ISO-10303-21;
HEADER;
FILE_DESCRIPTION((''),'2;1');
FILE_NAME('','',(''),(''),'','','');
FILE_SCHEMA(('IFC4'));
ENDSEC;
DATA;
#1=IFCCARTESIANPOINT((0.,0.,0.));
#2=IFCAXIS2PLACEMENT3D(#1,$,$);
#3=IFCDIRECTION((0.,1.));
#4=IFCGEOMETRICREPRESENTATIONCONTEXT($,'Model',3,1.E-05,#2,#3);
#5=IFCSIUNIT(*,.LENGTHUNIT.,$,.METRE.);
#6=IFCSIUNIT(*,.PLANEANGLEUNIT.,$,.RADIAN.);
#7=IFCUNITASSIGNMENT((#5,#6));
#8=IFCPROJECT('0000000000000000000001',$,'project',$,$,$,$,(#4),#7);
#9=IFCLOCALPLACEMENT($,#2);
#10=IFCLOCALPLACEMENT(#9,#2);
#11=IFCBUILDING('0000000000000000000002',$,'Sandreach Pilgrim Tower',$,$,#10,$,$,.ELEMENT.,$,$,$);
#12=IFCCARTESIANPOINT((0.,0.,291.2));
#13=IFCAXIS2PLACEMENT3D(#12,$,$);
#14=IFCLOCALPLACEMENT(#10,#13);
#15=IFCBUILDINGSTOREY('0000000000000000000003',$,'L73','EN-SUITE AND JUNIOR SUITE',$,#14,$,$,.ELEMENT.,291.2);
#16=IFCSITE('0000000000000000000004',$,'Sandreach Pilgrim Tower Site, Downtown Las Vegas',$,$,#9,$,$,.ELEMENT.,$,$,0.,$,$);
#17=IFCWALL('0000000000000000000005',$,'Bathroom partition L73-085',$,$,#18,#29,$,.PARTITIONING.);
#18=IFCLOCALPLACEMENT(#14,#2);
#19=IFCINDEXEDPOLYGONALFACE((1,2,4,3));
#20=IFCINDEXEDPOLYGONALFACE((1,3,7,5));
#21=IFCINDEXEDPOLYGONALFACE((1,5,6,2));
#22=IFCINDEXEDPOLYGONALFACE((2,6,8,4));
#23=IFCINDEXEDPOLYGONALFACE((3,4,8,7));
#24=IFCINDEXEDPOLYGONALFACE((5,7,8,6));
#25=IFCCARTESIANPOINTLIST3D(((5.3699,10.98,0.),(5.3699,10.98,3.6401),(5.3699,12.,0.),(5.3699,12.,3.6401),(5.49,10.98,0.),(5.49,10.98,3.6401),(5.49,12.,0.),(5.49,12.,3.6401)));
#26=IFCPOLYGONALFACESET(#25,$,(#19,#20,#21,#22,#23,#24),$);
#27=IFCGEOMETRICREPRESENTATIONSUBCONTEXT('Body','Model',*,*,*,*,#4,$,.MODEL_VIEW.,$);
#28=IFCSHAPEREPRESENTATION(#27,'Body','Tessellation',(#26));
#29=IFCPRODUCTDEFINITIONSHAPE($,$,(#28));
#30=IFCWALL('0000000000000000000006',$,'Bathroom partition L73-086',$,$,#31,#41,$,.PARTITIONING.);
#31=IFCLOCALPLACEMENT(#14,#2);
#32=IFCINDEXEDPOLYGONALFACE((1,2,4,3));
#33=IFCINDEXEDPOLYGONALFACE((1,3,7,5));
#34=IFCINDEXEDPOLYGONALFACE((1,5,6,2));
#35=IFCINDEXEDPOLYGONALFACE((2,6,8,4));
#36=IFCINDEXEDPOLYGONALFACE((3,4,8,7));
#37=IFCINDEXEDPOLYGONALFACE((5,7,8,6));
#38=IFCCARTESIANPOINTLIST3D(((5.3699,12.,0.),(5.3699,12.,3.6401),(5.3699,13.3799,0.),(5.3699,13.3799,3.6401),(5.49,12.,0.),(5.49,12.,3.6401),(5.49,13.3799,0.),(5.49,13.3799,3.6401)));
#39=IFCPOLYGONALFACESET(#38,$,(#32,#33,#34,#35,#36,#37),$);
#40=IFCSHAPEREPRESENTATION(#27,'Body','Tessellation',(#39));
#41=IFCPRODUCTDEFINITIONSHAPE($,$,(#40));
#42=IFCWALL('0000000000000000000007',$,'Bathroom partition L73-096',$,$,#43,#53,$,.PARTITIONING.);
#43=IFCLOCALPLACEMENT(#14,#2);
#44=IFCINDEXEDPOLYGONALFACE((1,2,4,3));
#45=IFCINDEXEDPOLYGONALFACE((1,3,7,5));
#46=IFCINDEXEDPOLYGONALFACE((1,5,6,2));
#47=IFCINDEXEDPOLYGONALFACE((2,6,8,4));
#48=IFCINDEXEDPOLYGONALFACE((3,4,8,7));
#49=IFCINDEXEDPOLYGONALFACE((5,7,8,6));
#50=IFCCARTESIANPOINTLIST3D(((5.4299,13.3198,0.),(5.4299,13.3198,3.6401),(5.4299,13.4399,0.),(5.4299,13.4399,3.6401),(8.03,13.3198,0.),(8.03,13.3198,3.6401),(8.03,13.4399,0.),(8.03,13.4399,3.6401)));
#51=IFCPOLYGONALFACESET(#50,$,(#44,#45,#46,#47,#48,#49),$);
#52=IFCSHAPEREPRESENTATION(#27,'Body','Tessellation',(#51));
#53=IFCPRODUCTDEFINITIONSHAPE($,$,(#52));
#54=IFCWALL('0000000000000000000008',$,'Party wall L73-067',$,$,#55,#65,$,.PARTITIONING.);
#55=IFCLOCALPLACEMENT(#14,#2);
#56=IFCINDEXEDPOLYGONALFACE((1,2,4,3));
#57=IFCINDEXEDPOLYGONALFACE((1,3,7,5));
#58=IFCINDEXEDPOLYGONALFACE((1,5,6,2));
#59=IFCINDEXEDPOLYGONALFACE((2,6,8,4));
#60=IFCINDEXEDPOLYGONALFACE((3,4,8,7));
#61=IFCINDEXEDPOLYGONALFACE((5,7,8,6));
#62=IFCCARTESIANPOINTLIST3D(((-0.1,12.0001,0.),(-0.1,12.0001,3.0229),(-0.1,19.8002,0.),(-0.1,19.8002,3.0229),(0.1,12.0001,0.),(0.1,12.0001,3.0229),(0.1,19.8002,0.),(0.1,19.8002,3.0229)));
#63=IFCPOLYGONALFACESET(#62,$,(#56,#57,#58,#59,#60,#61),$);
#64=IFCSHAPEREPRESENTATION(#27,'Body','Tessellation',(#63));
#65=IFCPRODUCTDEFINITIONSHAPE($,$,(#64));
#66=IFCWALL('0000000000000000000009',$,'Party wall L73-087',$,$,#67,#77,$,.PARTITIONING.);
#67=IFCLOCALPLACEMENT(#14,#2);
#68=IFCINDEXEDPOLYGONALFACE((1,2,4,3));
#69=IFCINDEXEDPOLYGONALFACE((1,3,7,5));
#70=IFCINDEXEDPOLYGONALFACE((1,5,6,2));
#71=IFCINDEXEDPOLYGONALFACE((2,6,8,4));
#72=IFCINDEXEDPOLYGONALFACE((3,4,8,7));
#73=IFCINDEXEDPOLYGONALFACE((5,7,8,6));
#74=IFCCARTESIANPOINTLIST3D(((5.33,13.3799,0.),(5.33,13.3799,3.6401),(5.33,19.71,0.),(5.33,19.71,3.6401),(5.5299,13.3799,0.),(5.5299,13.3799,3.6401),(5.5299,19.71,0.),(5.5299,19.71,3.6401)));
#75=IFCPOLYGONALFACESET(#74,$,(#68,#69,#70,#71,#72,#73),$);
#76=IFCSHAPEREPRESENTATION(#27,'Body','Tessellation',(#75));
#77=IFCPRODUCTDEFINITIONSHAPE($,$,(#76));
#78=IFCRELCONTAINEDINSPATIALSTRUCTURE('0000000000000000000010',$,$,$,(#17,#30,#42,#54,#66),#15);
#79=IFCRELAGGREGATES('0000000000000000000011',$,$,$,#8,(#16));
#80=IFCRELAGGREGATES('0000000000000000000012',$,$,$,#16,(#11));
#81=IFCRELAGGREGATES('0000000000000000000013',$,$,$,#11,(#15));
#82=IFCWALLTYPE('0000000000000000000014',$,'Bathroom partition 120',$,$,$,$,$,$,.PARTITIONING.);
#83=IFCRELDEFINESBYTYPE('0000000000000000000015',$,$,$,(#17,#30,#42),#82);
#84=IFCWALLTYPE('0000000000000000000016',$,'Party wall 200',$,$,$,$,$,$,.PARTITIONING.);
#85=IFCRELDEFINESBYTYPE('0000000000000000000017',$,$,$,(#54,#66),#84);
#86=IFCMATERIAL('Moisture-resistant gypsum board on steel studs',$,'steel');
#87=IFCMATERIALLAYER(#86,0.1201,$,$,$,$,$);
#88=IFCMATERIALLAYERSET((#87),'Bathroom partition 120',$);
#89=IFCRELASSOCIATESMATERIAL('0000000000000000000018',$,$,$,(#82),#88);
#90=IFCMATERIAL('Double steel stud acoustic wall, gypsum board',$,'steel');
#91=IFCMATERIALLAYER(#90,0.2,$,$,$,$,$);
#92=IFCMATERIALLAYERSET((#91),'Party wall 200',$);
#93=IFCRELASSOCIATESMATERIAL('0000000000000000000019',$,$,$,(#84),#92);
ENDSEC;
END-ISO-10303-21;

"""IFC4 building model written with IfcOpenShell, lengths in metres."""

from ifc_helpers import new_model, si_unit, direction, frame, frame_2d, origin, place, context, subcontext, project, spatial, rectangle, extrude, material, layer, layer_set, type_object, element, save


model = new_model("IFC4")

# Units and contexts
model_context = context("Model", 3, precision=1e-05, world=origin(), true_north=direction((0.0, 1.0)))
body_context = subcontext(model_context, "Body", "Model", "MODEL_VIEW")
ifc_project = project(units=[si_unit("LENGTHUNIT", "METRE"), si_unit("PLANEANGLEUNIT", "RADIAN")], contexts=[model_context])

# Site, building, storey
site_placement = place(None, origin())
site = spatial("IfcSite", under=ifc_project, at=site_placement, Name="Sandreach Pilgrim Tower Site, Downtown Las Vegas", CompositionType="ELEMENT", RefElevation=0.0)
building_placement = place(site_placement, origin())
building = spatial("IfcBuilding", under=site, at=building_placement, Name="Sandreach Pilgrim Tower", CompositionType="ELEMENT")
storey_placement = place(building_placement, frame((0.0, 0.0, 291.2)))
storey = spatial("IfcBuildingStorey", under=building, at=storey_placement, Name="L73", Description="EN-SUITE AND JUNIOR SUITE", CompositionType="ELEMENT", Elevation=291.2)

# Walls
ifc_material_1 = material(Name="Moisture-resistant gypsum board on steel studs", Category="steel")
ifc_layer_1 = layer(ifc_material_1, 0.1201)
ifc_layer_set_1 = layer_set([ifc_layer_1], Name="Bathroom partition 120")
wall_type_1 = type_object("IfcWallType", Name="Bathroom partition 120", PredefinedType="PARTITIONING", material=ifc_layer_set_1)
wall_1_placement = place(storey_placement, frame((5.4299, 12.0, 0.0), z_axis=(0.0, 0.0, 1.0), x_axis=(0.0, -1.0, 0.0)))
element("IfcWall", 1, at=wall_1_placement, inside=storey, type_object=wall_type_1, Name="Bathroom partition L73-085", PredefinedType="PARTITIONING", context=body_context, shape_type="SweptSolid", body=[
    extrude(rectangle(XDim=1.02, YDim=0.1201, at=frame_2d((0.51, 0.0))), origin(), (0.0, 0.0, 1.0), 3.6401),
])
wall_2_placement = place(storey_placement, frame((5.4299, 13.3799, 0.0), z_axis=(0.0, 0.0, 1.0), x_axis=(0.0, -1.0, 0.0)))
element("IfcWall", 2, at=wall_2_placement, inside=storey, type_object=wall_type_1, Name="Bathroom partition L73-086", PredefinedType="PARTITIONING", context=body_context, shape_type="SweptSolid", body=[
    extrude(rectangle(XDim=1.3799, YDim=0.1201, at=frame_2d((0.6899, 0.0))), origin(), (0.0, 0.0, 1.0), 3.6401),
])
wall_3_placement = place(storey_placement, frame((8.03, 13.3799, 0.0), z_axis=(0.0, 0.0, 1.0), x_axis=(-1.0, 0.0, 0.0)))
element("IfcWall", 3, at=wall_3_placement, inside=storey, type_object=wall_type_1, Name="Bathroom partition L73-096", PredefinedType="PARTITIONING", context=body_context, shape_type="SweptSolid", body=[
    extrude(rectangle(XDim=2.6001, YDim=0.1201, at=frame_2d((1.3, 0.0))), origin(), (0.0, 0.0, 1.0), 3.6401),
])
ifc_material_2 = material(Name="Double steel stud acoustic wall, gypsum board", Category="steel")
ifc_layer_2 = layer(ifc_material_2, 0.2)
ifc_layer_set_2 = layer_set([ifc_layer_2], Name="Party wall 200")
wall_type_2 = type_object("IfcWallType", Name="Party wall 200", PredefinedType="PARTITIONING", material=ifc_layer_set_2)
wall_4_placement = place(storey_placement, frame((0.0, 19.8, 0.0), z_axis=(0.0, 0.0, 1.0), x_axis=(0.0, -1.0, 0.0)))
element("IfcWall", 4, at=wall_4_placement, inside=storey, type_object=wall_type_2, Name="Party wall L73-067", PredefinedType="PARTITIONING", context=body_context, shape_type="SweptSolid", body=[
    extrude(rectangle(XDim=7.8, YDim=0.2, at=frame_2d((3.8999, 0.0))), origin(), (0.0, 0.0, 1.0), 3.0229),
])
wall_5_placement = place(storey_placement, frame((5.4299, 19.71, 0.0), z_axis=(0.0, 0.0, 1.0), x_axis=(0.0, -1.0, 0.0)))
element("IfcWall", 5, at=wall_5_placement, inside=storey, type_object=wall_type_2, Name="Party wall L73-087", PredefinedType="PARTITIONING", context=body_context, shape_type="SweptSolid", body=[
    extrude(rectangle(XDim=6.3301, YDim=0.2, at=frame_2d((3.165, 0.0))), origin(), (0.0, 0.0, 1.0), 3.6401),
])

save(model, "model.ifc")
